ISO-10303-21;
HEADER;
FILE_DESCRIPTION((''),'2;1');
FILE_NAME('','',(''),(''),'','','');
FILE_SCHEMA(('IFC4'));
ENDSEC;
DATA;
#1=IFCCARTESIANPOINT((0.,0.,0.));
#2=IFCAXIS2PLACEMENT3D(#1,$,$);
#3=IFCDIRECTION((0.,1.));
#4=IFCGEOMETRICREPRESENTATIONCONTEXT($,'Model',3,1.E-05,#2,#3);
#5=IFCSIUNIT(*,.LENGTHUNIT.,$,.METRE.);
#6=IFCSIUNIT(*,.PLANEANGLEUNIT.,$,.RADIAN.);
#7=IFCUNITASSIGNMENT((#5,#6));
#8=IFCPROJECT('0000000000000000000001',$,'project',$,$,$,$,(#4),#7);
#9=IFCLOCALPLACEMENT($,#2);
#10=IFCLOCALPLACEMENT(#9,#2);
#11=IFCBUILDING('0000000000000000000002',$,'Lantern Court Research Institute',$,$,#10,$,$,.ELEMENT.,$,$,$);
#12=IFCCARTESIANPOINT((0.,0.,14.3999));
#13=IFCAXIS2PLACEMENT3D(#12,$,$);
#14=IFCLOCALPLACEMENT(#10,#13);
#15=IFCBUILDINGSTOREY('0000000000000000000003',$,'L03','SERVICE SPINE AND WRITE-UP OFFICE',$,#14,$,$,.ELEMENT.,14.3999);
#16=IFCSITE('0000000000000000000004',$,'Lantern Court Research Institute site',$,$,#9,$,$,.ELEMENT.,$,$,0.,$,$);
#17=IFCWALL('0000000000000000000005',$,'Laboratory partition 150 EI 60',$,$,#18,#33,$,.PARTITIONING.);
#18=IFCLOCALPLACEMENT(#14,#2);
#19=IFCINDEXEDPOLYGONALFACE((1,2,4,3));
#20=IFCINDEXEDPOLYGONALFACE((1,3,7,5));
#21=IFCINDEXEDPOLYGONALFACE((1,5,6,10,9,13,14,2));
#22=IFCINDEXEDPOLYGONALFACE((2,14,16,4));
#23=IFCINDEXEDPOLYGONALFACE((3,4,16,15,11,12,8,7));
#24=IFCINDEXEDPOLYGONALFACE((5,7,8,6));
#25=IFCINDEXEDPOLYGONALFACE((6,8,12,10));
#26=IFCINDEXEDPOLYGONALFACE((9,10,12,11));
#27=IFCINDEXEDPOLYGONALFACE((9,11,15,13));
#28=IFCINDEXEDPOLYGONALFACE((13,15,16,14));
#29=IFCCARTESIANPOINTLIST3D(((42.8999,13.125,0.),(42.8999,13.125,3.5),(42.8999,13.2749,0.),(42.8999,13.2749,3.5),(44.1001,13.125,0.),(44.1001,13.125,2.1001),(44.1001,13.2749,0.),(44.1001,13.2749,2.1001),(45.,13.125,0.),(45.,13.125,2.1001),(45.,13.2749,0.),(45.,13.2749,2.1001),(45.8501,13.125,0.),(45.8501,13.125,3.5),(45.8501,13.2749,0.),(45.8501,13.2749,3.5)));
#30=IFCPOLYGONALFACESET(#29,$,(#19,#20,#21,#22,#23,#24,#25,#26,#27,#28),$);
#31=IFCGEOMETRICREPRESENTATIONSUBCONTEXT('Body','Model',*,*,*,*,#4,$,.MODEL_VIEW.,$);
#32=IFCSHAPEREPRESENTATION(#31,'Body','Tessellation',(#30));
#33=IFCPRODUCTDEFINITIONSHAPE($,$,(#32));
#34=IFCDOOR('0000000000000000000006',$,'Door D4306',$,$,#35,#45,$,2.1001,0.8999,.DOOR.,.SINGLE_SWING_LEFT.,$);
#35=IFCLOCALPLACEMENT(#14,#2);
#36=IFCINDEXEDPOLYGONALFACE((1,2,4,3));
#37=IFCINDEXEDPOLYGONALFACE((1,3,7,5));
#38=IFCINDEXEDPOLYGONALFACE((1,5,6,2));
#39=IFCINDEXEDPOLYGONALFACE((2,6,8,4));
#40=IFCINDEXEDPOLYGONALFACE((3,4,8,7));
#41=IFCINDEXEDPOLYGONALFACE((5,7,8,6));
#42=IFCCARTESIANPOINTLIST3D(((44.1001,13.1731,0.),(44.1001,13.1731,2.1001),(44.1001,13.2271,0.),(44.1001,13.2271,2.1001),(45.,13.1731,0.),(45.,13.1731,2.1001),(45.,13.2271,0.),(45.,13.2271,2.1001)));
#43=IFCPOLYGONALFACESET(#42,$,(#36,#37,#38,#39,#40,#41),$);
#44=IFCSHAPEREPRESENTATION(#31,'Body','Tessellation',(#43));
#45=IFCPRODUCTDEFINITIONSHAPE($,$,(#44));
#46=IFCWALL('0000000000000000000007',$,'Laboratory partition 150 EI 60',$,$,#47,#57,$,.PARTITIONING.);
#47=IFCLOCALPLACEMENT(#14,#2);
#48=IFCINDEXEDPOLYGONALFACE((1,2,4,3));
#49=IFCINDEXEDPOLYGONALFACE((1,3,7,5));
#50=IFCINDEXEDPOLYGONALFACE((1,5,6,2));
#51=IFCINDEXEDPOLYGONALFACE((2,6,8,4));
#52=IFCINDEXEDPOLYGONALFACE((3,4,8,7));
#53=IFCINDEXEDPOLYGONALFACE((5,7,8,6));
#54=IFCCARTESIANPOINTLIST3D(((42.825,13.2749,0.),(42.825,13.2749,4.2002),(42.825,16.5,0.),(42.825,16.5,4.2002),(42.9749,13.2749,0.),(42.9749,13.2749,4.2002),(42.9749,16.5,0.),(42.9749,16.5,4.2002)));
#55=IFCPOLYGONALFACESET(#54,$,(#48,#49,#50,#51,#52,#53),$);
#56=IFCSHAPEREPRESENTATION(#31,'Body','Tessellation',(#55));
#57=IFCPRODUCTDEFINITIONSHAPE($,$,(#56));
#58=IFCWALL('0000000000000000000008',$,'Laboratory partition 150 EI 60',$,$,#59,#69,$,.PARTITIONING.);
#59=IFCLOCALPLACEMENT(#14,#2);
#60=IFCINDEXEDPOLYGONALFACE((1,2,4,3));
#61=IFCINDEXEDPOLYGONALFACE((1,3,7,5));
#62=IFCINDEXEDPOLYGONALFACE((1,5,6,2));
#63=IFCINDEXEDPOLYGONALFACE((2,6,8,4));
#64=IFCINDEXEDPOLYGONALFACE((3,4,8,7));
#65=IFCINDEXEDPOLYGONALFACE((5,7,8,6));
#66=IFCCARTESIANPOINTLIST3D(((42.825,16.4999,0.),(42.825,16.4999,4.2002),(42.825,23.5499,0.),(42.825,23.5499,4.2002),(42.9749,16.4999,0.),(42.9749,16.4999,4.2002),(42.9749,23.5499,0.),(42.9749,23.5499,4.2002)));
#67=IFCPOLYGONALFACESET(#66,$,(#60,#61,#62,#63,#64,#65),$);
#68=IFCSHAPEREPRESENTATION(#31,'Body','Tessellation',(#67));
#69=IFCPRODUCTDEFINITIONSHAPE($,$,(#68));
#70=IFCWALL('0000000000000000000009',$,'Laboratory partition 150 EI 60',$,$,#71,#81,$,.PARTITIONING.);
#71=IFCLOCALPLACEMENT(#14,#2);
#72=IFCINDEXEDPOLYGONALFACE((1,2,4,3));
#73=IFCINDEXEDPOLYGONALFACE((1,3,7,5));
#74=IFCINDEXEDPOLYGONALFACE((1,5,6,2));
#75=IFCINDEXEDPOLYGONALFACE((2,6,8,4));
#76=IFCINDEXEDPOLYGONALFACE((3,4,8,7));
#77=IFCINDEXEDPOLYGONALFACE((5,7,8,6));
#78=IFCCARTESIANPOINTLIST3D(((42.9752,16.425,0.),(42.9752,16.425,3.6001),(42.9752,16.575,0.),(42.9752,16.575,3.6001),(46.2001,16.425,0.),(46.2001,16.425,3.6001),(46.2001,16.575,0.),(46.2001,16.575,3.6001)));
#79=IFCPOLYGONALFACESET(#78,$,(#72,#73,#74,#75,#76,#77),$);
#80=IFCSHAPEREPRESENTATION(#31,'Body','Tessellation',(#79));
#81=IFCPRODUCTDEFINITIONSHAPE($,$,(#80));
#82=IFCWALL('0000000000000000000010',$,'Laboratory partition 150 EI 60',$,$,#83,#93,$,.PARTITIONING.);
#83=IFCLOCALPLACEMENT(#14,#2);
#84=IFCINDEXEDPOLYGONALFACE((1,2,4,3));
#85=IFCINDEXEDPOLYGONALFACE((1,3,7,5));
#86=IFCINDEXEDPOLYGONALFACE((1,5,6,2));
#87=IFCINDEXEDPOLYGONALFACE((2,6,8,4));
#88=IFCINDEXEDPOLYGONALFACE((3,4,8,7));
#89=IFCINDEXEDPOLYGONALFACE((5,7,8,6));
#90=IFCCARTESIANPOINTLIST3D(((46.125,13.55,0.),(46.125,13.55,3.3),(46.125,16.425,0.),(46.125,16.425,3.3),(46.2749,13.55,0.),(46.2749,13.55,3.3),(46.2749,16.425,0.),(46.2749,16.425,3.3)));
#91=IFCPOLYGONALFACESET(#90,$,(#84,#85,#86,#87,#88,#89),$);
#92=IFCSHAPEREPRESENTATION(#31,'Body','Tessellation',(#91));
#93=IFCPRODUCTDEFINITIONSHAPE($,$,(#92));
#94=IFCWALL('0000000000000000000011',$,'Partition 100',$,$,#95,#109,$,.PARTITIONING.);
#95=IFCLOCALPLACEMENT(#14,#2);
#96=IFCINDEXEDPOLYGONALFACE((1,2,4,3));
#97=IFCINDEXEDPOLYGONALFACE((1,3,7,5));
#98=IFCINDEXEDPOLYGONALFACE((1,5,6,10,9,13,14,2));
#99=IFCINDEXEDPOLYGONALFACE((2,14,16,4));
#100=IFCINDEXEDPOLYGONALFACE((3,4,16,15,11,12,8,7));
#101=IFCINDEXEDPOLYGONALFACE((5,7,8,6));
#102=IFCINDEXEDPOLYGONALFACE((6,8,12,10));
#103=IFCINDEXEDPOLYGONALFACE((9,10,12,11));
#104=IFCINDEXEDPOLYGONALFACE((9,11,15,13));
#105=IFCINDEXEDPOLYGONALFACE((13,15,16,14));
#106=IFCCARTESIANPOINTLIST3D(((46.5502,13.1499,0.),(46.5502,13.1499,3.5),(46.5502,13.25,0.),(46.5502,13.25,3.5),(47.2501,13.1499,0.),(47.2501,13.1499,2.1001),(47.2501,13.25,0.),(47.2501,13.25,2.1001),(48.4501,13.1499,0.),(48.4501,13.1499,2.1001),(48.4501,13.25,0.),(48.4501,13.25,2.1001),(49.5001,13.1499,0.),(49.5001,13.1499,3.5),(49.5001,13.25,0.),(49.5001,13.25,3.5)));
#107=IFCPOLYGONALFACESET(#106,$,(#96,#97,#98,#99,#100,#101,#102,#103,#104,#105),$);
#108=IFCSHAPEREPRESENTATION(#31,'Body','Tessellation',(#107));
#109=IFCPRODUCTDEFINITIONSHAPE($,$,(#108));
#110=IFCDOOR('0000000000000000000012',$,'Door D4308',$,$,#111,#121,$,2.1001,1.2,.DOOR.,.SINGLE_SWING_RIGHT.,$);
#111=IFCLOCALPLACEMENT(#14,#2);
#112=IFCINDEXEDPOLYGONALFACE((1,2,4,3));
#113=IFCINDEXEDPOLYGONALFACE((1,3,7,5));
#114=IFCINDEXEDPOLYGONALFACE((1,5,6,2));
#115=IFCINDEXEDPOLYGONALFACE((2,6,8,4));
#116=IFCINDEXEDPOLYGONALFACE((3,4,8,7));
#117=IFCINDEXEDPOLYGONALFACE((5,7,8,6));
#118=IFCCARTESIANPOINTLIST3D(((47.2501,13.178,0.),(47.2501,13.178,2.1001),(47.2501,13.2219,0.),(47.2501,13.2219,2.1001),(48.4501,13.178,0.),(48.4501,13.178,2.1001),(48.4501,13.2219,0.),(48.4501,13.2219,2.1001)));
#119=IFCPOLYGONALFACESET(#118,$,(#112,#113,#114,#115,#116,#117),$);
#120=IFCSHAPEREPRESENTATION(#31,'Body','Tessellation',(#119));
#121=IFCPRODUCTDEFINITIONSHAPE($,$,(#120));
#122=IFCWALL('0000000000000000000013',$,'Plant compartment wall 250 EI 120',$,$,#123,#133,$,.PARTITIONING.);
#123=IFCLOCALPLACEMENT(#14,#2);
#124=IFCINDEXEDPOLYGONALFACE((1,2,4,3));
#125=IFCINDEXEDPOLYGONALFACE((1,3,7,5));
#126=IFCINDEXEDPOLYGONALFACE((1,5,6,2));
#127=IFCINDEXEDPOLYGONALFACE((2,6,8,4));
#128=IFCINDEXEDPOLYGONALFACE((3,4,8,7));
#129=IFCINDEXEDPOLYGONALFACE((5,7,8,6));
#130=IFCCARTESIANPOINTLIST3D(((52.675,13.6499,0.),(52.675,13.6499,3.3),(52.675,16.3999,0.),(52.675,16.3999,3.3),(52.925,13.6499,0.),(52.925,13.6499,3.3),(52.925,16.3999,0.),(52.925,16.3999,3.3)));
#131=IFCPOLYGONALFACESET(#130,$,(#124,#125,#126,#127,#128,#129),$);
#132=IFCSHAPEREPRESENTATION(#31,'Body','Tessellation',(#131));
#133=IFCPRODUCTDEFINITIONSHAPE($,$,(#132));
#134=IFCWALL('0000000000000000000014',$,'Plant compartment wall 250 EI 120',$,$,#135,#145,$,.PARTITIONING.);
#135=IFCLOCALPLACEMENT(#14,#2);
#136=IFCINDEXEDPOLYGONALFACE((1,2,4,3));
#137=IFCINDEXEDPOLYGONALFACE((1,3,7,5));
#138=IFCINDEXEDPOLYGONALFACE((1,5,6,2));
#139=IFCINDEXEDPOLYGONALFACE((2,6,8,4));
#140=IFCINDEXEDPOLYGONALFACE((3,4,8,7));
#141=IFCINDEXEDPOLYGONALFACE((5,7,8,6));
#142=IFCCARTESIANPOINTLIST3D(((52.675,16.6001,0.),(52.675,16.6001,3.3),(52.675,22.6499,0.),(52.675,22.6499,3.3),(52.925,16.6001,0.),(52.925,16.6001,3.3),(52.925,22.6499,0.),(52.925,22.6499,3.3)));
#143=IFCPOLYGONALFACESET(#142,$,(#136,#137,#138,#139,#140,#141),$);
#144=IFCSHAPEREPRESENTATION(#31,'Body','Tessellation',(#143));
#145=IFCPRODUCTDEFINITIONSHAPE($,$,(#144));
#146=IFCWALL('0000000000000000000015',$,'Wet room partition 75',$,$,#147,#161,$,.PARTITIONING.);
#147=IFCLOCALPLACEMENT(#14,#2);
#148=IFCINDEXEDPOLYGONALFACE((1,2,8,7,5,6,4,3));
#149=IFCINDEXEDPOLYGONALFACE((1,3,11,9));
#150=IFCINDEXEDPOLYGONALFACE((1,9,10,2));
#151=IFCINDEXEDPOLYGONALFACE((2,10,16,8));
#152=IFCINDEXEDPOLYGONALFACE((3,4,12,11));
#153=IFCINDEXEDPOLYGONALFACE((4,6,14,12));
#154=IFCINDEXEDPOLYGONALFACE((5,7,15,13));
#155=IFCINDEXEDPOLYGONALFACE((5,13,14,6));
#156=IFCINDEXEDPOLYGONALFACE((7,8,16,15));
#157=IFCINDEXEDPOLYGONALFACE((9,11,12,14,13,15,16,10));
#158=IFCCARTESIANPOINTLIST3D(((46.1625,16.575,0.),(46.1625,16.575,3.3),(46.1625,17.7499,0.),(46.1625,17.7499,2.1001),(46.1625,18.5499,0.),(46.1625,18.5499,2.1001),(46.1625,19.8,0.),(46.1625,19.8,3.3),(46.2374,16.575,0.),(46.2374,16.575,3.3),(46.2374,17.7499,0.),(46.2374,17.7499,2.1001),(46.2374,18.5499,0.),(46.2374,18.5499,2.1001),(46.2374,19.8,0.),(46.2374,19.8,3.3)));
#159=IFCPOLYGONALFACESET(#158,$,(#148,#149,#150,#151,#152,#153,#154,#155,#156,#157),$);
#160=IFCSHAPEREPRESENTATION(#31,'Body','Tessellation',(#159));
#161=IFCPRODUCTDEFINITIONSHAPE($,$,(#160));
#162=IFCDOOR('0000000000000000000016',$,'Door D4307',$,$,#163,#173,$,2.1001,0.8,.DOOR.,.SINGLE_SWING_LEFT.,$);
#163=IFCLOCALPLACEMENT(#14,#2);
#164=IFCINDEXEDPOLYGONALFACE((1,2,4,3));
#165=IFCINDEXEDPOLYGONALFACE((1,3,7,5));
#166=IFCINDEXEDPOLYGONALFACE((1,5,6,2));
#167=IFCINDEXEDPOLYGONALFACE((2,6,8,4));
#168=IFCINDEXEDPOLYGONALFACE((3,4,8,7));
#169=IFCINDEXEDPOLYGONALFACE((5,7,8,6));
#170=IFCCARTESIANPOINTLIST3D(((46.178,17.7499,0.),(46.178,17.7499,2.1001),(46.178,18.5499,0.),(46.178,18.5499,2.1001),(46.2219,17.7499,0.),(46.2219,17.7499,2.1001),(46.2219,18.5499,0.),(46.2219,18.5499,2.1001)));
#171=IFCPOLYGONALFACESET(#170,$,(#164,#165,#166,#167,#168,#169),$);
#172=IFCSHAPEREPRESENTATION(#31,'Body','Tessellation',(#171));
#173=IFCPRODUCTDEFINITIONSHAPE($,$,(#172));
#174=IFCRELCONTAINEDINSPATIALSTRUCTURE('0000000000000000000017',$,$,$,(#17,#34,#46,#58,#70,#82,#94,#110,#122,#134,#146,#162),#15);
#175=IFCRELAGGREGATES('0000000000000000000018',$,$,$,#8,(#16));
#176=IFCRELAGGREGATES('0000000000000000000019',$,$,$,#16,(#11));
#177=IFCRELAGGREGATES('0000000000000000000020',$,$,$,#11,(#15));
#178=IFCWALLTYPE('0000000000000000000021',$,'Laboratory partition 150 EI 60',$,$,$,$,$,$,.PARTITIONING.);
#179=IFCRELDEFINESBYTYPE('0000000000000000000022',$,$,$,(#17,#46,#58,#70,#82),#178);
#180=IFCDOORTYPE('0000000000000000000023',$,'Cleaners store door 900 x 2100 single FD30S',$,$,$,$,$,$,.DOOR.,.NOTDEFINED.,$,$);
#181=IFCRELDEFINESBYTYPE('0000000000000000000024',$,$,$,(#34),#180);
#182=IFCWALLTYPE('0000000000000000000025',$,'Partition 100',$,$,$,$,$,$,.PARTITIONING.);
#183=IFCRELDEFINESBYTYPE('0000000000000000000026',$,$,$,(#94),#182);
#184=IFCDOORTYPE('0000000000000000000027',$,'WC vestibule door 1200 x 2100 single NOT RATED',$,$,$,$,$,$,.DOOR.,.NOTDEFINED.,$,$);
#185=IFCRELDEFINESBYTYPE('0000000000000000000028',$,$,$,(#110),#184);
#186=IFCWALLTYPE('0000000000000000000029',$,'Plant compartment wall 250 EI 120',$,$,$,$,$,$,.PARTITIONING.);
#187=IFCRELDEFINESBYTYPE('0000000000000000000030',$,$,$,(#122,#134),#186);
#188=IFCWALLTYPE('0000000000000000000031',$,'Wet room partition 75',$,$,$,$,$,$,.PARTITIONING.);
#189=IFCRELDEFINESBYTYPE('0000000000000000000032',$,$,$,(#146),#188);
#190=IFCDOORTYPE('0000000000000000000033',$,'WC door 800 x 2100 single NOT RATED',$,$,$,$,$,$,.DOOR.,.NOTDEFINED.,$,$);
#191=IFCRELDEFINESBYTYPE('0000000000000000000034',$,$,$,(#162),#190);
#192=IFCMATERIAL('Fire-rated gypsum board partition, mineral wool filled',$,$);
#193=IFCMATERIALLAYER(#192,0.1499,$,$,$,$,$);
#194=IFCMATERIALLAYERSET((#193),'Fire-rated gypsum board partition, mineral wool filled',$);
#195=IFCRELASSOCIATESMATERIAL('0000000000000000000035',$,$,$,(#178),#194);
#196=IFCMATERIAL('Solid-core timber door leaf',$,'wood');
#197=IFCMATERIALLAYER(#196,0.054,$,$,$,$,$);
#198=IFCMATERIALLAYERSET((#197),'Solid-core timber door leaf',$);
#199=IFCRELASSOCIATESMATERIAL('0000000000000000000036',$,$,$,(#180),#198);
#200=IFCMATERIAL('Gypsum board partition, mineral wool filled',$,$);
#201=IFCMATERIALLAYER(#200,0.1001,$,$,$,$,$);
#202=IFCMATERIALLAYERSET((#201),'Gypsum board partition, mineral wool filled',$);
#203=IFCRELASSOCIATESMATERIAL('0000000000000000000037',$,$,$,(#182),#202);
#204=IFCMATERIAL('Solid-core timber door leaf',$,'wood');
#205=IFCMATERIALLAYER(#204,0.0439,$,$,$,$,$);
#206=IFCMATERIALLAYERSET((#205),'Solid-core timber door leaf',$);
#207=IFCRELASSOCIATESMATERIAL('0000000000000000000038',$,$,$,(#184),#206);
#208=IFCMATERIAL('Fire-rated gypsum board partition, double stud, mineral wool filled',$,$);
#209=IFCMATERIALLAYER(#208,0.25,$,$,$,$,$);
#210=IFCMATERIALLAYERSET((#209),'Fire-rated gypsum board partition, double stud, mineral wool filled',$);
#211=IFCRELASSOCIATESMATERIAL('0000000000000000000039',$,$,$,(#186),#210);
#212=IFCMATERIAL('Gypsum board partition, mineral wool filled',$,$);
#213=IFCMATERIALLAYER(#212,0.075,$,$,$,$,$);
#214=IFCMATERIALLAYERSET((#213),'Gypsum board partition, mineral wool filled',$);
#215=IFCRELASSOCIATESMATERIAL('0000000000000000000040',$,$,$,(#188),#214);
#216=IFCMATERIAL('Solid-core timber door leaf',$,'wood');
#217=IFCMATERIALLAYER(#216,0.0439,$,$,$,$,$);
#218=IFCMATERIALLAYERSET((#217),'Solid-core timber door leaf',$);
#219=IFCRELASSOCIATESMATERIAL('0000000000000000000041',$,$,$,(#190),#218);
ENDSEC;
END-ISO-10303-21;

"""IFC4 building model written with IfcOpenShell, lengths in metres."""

from ifc_helpers import new_model, si_unit, direction, frame, frame_2d, origin, place, context, subcontext, project, spatial, rectangle, extrude, material, layer, layer_set, type_object, element, fill, save


model = new_model("IFC4")

# Units and contexts
model_context = context("Model", 3, precision=1e-05, world=origin(), true_north=direction((0.0, 1.0)))
body_context = subcontext(model_context, "Body", "Model", "MODEL_VIEW")
ifc_project = project(units=[si_unit("LENGTHUNIT", "METRE"), si_unit("PLANEANGLEUNIT", "RADIAN")], contexts=[model_context])

# Site, building, storey
site_placement = place(None, origin())
site = spatial("IfcSite", under=ifc_project, at=site_placement, Name="Lantern Court Research Institute site", CompositionType="ELEMENT", RefElevation=0.0)
building_placement = place(site_placement, origin())
building = spatial("IfcBuilding", under=site, at=building_placement, Name="Lantern Court Research Institute", CompositionType="ELEMENT")
storey_placement = place(building_placement, frame((0.0, 0.0, 14.3999)))
storey = spatial("IfcBuildingStorey", under=building, at=storey_placement, Name="L03", Description="SERVICE SPINE AND WRITE-UP OFFICE", CompositionType="ELEMENT", Elevation=14.3999)

# Wall, opening, door
ifc_material_1 = material(Name="Fire-rated gypsum board partition, mineral wool filled")
ifc_layer_1 = layer(ifc_material_1, 0.1499)
ifc_layer_set_1 = layer_set([ifc_layer_1], Name="Fire-rated gypsum board partition, mineral wool filled")
wall_type_1 = type_object("IfcWallType", Name="Laboratory partition 150 EI 60", PredefinedType="PARTITIONING", material=ifc_layer_set_1)
wall_1_placement = place(storey_placement, frame((45.8501, 13.2, 0.0), z_axis=(0.0, 0.0, 1.0), x_axis=(-1.0, 0.0, 0.0)))
wall_1 = element("IfcWall", 1, at=wall_1_placement, inside=storey, type_object=wall_type_1, Name="Laboratory partition 150 EI 60", PredefinedType="PARTITIONING", context=body_context, shape_type="SweptSolid", body=[
    extrude(rectangle(XDim=2.9502, YDim=0.1499, at=frame_2d((1.4751, 0.0))), origin(), (0.0, 0.0, 1.0), 3.5),
])
opening_1_placement = place(wall_1_placement, frame((0.8501, 0.0, 0.0)))
opening_1 = element("IfcOpeningElement", 2, at=opening_1_placement, cuts=wall_1, PredefinedType="OPENING", context=body_context, shape_type="SweptSolid", body=[
    extrude(rectangle(XDim=0.8999, YDim=2.1001, at=frame_2d((0.45, 1.05))), frame((0.0, 0.085, 0.0), z_axis=(0.0, -1.0, 0.0), x_axis=(1.0, 0.0, 0.0)), (0.0, 0.0, 1.0), 0.1699),
])
ifc_material_2 = material(Name="Solid-core timber door leaf", Category="wood")
ifc_layer_2 = layer(ifc_material_2, 0.054)
ifc_layer_set_2 = layer_set([ifc_layer_2], Name="Solid-core timber door leaf")
door_type_1 = type_object("IfcDoorType", Name="Cleaners store door 900 x 2100 single FD30S", OperationType="NOTDEFINED", PredefinedType="DOOR", material=ifc_layer_set_2)
door_1_placement = place(opening_1_placement, origin())
door_1 = element("IfcDoor", 3, at=door_1_placement, inside=storey, type_object=door_type_1, Name="Door D4306", OperationType="SINGLE_SWING_LEFT", OverallHeight=2.1001, OverallWidth=0.8999, PredefinedType="DOOR", context=body_context, shape_type="SweptSolid", body=[
    extrude(rectangle(XDim=0.8999, YDim=2.1001, at=frame_2d((0.45, 1.05))), frame((0.0, 0.0269, 0.0), z_axis=(0.0, -1.0, 0.0), x_axis=(1.0, 0.0, 0.0)), (0.0, 0.0, 1.0), 0.054),
])
fill(opening_1, door_1)

# Walls
wall_2_placement = place(storey_placement, frame((42.8999, 13.2749, 0.0), z_axis=(0.0, 0.0, 1.0), x_axis=(0.0, 1.0, 0.0)))
element("IfcWall", 4, at=wall_2_placement, inside=storey, type_object=wall_type_1, Name="Laboratory partition 150 EI 60", PredefinedType="PARTITIONING", context=body_context, shape_type="SweptSolid", body=[
    extrude(rectangle(XDim=3.2251, YDim=0.1499, at=frame_2d((1.6125, 0.0))), origin(), (0.0, 0.0, 1.0), 4.2002),
])
wall_3_placement = place(storey_placement, frame((42.8999, 16.5, 0.0), z_axis=(0.0, 0.0, 1.0), x_axis=(0.0, 1.0, 0.0)))
element("IfcWall", 5, at=wall_3_placement, inside=storey, type_object=wall_type_1, Name="Laboratory partition 150 EI 60", PredefinedType="PARTITIONING", context=body_context, shape_type="SweptSolid", body=[
    extrude(rectangle(XDim=7.05, YDim=0.1499, at=frame_2d((3.5249, 0.0))), origin(), (0.0, 0.0, 1.0), 4.2002),
])
wall_4_placement = place(storey_placement, frame((46.2, 16.5, 0.0), z_axis=(0.0, 0.0, 1.0), x_axis=(-1.0, 0.0, 0.0)))
element("IfcWall", 6, at=wall_4_placement, inside=storey, type_object=wall_type_1, Name="Laboratory partition 150 EI 60", PredefinedType="PARTITIONING", context=body_context, shape_type="SweptSolid", body=[
    extrude(rectangle(XDim=3.2249, YDim=0.1499, at=frame_2d((1.6123, 0.0))), origin(), (0.0, 0.0, 1.0), 3.6001),
])
wall_5_placement = place(storey_placement, frame((46.2, 13.55, 0.0), z_axis=(0.0, 0.0, 1.0), x_axis=(0.0, 1.0, 0.0)))
element("IfcWall", 7, at=wall_5_placement, inside=storey, type_object=wall_type_1, Name="Laboratory partition 150 EI 60", PredefinedType="PARTITIONING", context=body_context, shape_type="SweptSolid", body=[
    extrude(rectangle(XDim=2.875, YDim=0.1499, at=frame_2d((1.4375, 0.0))), origin(), (0.0, 0.0, 1.0), 3.3),
])

# Wall, opening, door
ifc_material_3 = material(Name="Gypsum board partition, mineral wool filled")
ifc_layer_3 = layer(ifc_material_3, 0.1001)
ifc_layer_set_3 = layer_set([ifc_layer_3], Name="Gypsum board partition, mineral wool filled")
wall_type_2 = type_object("IfcWallType", Name="Partition 100", PredefinedType="PARTITIONING", material=ifc_layer_set_3)
wall_6_placement = place(storey_placement, frame((46.55, 13.2, 0.0), z_axis=(0.0, 0.0, 1.0), x_axis=(1.0, 0.0, 0.0)))
wall_6 = element("IfcWall", 8, at=wall_6_placement, inside=storey, type_object=wall_type_2, Name="Partition 100", PredefinedType="PARTITIONING", context=body_context, shape_type="SweptSolid", body=[
    extrude(rectangle(XDim=2.95, YDim=0.1001, at=frame_2d((1.4751, 0.0))), origin(), (0.0, 0.0, 1.0), 3.5),
])
opening_2_placement = place(wall_6_placement, frame((0.7, 0.0, 0.0)))
opening_2 = element("IfcOpeningElement", 9, at=opening_2_placement, cuts=wall_6, PredefinedType="OPENING", context=body_context, shape_type="SweptSolid", body=[
    extrude(rectangle(XDim=1.2, YDim=2.1001, at=frame_2d((0.6001, 1.05))), frame((0.0, 0.0601, 0.0), z_axis=(0.0, -1.0, 0.0), x_axis=(1.0, 0.0, 0.0)), (0.0, 0.0, 1.0), 0.1201),
])
ifc_material_4 = material(Name="Solid-core timber door leaf", Category="wood")
ifc_layer_4 = layer(ifc_material_4, 0.0439)
ifc_layer_set_4 = layer_set([ifc_layer_4], Name="Solid-core timber door leaf")
door_type_2 = type_object("IfcDoorType", Name="WC vestibule door 1200 x 2100 single NOT RATED", OperationType="NOTDEFINED", PredefinedType="DOOR", material=ifc_layer_set_4)
door_2_placement = place(opening_2_placement, origin())
door_2 = element("IfcDoor", 10, at=door_2_placement, inside=storey, type_object=door_type_2, Name="Door D4308", OperationType="SINGLE_SWING_RIGHT", OverallHeight=2.1001, OverallWidth=1.2, PredefinedType="DOOR", context=body_context, shape_type="SweptSolid", body=[
    extrude(rectangle(XDim=1.2, YDim=2.1001, at=frame_2d((0.6001, 1.05))), frame((0.0, 0.022, 0.0), z_axis=(0.0, -1.0, 0.0), x_axis=(1.0, 0.0, 0.0)), (0.0, 0.0, 1.0), 0.0439),
])
fill(opening_2, door_2)

# Walls
ifc_material_5 = material(Name="Fire-rated gypsum board partition, double stud, mineral wool filled")
ifc_layer_5 = layer(ifc_material_5, 0.25)
ifc_layer_set_5 = layer_set([ifc_layer_5], Name="Fire-rated gypsum board partition, double stud, mineral wool filled")
wall_type_3 = type_object("IfcWallType", Name="Plant compartment wall 250 EI 120", PredefinedType="PARTITIONING", material=ifc_layer_set_5)
wall_7_placement = place(storey_placement, frame((52.8, 13.6499, 0.0), z_axis=(0.0, 0.0, 1.0), x_axis=(0.0, 1.0, 0.0)))
element("IfcWall", 11, at=wall_7_placement, inside=storey, type_object=wall_type_3, Name="Plant compartment wall 250 EI 120", PredefinedType="PARTITIONING", context=body_context, shape_type="SweptSolid", body=[
    extrude(rectangle(XDim=2.75, YDim=0.25, at=frame_2d((1.375, 0.0))), origin(), (0.0, 0.0, 1.0), 3.3),
])
wall_8_placement = place(storey_placement, frame((52.8, 16.6001, 0.0), z_axis=(0.0, 0.0, 1.0), x_axis=(0.0, 1.0, 0.0)))
element("IfcWall", 12, at=wall_8_placement, inside=storey, type_object=wall_type_3, Name="Plant compartment wall 250 EI 120", PredefinedType="PARTITIONING", context=body_context, shape_type="SweptSolid", body=[
    extrude(rectangle(XDim=6.0498, YDim=0.25, at=frame_2d((3.0249, 0.0))), origin(), (0.0, 0.0, 1.0), 3.3),
])

# Wall, opening, door
ifc_material_6 = material(Name="Gypsum board partition, mineral wool filled")
ifc_layer_6 = layer(ifc_material_6, 0.075)
ifc_layer_set_6 = layer_set([ifc_layer_6], Name="Gypsum board partition, mineral wool filled")
wall_type_4 = type_object("IfcWallType", Name="Wet room partition 75", PredefinedType="PARTITIONING", material=ifc_layer_set_6)
wall_9_placement = place(storey_placement, frame((46.2, 16.575, 0.0), z_axis=(0.0, 0.0, 1.0), x_axis=(0.0, 1.0, 0.0)))
wall_9 = element("IfcWall", 13, at=wall_9_placement, inside=storey, type_object=wall_type_4, Name="Wet room partition 75", PredefinedType="PARTITIONING", context=body_context, shape_type="SweptSolid", body=[
    extrude(rectangle(XDim=3.2251, YDim=0.075, at=frame_2d((1.6125, 0.0))), origin(), (0.0, 0.0, 1.0), 3.3),
])
opening_3_placement = place(wall_9_placement, frame((1.175, 0.0, 0.0)))
opening_3 = element("IfcOpeningElement", 14, at=opening_3_placement, cuts=wall_9, PredefinedType="OPENING", context=body_context, shape_type="SweptSolid", body=[
    extrude(rectangle(XDim=0.8, YDim=2.1001, at=frame_2d((0.3999, 1.05))), frame((0.0, 0.0474, 0.0), z_axis=(0.0, -1.0, 0.0), x_axis=(1.0, 0.0, 0.0)), (0.0, 0.0, 1.0), 0.095),
])
ifc_material_7 = material(Name="Solid-core timber door leaf", Category="wood")
ifc_layer_7 = layer(ifc_material_7, 0.0439)
ifc_layer_set_7 = layer_set([ifc_layer_7], Name="Solid-core timber door leaf")
door_type_3 = type_object("IfcDoorType", Name="WC door 800 x 2100 single NOT RATED", OperationType="NOTDEFINED", PredefinedType="DOOR", material=ifc_layer_set_7)
door_3_placement = place(opening_3_placement, origin())
door_3 = element("IfcDoor", 15, at=door_3_placement, inside=storey, type_object=door_type_3, Name="Door D4307", OperationType="SINGLE_SWING_LEFT", OverallHeight=2.1001, OverallWidth=0.8, PredefinedType="DOOR", context=body_context, shape_type="SweptSolid", body=[
    extrude(rectangle(XDim=0.8, YDim=2.1001, at=frame_2d((0.3999, 1.05))), frame((0.0, 0.022, 0.0), z_axis=(0.0, -1.0, 0.0), x_axis=(1.0, 0.0, 0.0)), (0.0, 0.0, 1.0), 0.0439),
])
fill(opening_3, door_3)

save(model, "model.ifc")
